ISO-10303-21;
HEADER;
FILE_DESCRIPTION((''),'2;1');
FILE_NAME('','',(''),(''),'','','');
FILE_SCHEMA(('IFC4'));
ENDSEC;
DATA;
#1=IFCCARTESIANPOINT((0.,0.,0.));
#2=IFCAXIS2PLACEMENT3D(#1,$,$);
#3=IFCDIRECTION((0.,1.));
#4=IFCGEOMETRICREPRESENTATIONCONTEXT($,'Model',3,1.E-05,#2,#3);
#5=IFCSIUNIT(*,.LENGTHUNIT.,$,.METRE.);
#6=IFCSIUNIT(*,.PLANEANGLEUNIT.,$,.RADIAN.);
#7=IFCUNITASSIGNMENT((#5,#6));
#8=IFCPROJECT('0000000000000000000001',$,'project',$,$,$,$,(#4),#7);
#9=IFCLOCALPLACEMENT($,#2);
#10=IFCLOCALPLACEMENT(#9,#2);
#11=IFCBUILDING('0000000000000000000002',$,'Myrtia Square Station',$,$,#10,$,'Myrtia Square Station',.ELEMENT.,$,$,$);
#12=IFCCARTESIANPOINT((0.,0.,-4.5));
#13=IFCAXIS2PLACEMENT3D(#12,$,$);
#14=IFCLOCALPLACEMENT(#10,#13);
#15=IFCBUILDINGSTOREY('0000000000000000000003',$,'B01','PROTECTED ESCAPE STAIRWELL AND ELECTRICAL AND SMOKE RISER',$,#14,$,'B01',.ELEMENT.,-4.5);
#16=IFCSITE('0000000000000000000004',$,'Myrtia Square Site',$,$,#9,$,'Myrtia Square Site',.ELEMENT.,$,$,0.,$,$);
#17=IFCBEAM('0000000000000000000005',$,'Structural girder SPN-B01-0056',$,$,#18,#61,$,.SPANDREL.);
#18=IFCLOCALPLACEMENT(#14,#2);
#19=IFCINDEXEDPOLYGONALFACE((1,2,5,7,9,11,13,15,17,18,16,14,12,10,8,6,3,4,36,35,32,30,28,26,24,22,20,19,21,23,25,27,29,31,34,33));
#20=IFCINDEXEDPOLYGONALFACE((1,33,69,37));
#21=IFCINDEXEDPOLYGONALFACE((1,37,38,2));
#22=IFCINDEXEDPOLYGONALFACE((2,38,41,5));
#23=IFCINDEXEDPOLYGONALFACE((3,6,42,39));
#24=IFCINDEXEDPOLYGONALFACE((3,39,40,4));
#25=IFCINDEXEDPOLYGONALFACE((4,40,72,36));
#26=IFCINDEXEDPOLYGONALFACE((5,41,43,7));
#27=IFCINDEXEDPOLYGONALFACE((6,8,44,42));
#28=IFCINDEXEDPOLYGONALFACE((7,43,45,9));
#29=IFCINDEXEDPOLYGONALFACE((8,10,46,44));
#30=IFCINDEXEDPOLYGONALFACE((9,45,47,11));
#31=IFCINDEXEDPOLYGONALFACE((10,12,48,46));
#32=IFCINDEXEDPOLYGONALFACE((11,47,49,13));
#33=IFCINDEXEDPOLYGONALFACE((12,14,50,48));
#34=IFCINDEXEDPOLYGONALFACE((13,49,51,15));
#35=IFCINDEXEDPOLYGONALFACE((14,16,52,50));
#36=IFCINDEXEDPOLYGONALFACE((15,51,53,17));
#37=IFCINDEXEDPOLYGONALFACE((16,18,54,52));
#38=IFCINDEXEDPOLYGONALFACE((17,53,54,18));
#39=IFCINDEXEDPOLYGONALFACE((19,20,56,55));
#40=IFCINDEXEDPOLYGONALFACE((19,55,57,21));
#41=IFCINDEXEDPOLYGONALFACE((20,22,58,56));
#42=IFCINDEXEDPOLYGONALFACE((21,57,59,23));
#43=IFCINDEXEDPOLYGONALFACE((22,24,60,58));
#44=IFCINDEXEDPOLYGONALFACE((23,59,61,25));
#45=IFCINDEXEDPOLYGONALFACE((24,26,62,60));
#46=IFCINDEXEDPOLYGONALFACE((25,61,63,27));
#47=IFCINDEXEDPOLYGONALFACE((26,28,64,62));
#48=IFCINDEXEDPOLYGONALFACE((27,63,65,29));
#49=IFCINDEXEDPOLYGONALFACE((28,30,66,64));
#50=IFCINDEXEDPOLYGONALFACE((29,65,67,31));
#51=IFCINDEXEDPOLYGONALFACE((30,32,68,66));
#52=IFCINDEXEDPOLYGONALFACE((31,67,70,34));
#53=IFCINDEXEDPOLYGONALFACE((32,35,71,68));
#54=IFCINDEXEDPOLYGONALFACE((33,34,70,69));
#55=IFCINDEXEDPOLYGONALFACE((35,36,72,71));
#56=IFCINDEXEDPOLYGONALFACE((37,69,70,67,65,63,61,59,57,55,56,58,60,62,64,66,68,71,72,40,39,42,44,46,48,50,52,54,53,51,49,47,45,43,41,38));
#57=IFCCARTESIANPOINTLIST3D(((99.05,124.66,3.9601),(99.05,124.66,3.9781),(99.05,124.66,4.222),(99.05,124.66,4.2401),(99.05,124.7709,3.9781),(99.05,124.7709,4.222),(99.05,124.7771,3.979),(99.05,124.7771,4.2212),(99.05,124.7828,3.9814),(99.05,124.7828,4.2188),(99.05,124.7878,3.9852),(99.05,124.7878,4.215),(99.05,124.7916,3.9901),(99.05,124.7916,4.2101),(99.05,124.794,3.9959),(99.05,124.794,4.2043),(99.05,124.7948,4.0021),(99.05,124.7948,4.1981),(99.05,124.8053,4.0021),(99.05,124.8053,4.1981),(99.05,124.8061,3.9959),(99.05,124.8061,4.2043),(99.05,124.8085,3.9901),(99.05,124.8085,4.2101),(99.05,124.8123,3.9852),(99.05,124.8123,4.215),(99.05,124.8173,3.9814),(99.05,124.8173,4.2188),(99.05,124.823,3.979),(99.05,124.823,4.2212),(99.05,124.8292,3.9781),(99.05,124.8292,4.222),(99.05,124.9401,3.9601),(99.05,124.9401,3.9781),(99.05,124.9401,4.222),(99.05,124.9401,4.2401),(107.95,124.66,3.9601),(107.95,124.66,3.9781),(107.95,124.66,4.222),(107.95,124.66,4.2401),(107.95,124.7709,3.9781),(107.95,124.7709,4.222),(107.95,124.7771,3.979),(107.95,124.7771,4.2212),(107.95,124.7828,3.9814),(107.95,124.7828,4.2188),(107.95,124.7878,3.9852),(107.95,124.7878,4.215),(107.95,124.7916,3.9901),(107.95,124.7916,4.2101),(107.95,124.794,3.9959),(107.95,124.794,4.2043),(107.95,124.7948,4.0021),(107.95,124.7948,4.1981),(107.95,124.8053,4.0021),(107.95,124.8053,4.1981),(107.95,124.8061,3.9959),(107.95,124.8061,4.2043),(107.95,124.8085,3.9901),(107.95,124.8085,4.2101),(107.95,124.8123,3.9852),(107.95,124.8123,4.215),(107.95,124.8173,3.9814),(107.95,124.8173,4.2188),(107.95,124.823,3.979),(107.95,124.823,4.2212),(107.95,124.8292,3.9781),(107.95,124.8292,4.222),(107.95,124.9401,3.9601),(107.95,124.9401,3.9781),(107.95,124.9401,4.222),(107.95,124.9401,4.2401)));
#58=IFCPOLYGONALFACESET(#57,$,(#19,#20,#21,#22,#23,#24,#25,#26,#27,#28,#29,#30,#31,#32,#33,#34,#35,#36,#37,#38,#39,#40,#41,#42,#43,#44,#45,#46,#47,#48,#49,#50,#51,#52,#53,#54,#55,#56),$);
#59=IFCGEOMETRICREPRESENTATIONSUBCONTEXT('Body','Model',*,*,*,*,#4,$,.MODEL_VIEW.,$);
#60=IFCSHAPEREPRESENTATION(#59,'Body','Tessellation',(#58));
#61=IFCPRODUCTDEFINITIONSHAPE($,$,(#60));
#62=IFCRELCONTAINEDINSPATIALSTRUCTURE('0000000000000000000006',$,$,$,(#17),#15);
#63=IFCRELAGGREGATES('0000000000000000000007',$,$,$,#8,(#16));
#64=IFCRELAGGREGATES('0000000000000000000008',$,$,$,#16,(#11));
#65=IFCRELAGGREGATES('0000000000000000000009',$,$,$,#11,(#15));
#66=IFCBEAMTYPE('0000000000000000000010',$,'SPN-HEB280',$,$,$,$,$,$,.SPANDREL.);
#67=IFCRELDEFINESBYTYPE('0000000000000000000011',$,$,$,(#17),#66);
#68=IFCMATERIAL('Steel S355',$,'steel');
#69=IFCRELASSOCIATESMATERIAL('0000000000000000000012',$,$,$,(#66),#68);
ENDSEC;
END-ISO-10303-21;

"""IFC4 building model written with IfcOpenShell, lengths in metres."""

from ifc_helpers import new_model, si_unit, direction, frame, origin, origin_2d, place, context, subcontext, project, spatial, i_section, extrude, material, material_profile, profile_set, type_object, element, save


model = new_model("IFC4")

# Units and contexts
model_context = context("Model", 3, precision=1e-05, world=origin(), true_north=direction((0.0, 1.0)))
body_context = subcontext(model_context, "Body", "Model", "MODEL_VIEW")
ifc_project = project(units=[si_unit("LENGTHUNIT", "METRE"), si_unit("PLANEANGLEUNIT", "RADIAN")], contexts=[model_context])

# Site, building, storey
site_placement = place(None, origin())
site = spatial("IfcSite", under=ifc_project, at=site_placement, Name="Myrtia Square Site", LongName="Myrtia Square Site", CompositionType="ELEMENT", RefElevation=0.0)
building_placement = place(site_placement, origin())
building = spatial("IfcBuilding", under=site, at=building_placement, Name="Myrtia Square Station", LongName="Myrtia Square Station", CompositionType="ELEMENT")
storey_placement = place(building_placement, frame((0.0, 0.0, -4.5)))
storey = spatial("IfcBuildingStorey", under=building, at=storey_placement, Name="B01", Description="PROTECTED ESCAPE STAIRWELL AND ELECTRICAL AND SMOKE RISER", LongName="B01", CompositionType="ELEMENT", Elevation=-4.5)

# Beam
ifc_material_1 = material(Name="Steel S355", Category="steel")
ifc_material_profile_1 = material_profile(ifc_material_1, i_section(OverallWidth=0.28, OverallDepth=0.28, WebThickness=0.0105, FlangeThickness=0.0181, FilletRadius=0.0239, at=origin_2d()), Name="HEB 280")
ifc_profile_set_1 = profile_set([ifc_material_profile_1], Name="Steel S355")
beam_type_1 = type_object("IfcBeamType", Name="SPN-HEB280", PredefinedType="SPANDREL", material=ifc_profile_set_1)
for number, where, z_axis, x_axis, name in (
    (1, (99.05, 124.8, 4.1001), (1.0, 0.0, 0.0), (0.0, 1.0, 0.0), "Structural girder SPN-B01-0056"),
):
    element("IfcBeam", number, at=place(storey_placement, frame(where, z_axis=z_axis, x_axis=x_axis)), inside=storey, type_object=beam_type_1, Name=name, PredefinedType="SPANDREL", context=body_context, shape_type="SweptSolid", body=[
        extrude(i_section(OverallWidth=0.28, OverallDepth=0.28, WebThickness=0.0105, FlangeThickness=0.0181, FilletRadius=0.0239, at=origin_2d()), origin(), (0.0, 0.0, 1.0), 8.8999),
    ])

save(model, "model.ifc")
